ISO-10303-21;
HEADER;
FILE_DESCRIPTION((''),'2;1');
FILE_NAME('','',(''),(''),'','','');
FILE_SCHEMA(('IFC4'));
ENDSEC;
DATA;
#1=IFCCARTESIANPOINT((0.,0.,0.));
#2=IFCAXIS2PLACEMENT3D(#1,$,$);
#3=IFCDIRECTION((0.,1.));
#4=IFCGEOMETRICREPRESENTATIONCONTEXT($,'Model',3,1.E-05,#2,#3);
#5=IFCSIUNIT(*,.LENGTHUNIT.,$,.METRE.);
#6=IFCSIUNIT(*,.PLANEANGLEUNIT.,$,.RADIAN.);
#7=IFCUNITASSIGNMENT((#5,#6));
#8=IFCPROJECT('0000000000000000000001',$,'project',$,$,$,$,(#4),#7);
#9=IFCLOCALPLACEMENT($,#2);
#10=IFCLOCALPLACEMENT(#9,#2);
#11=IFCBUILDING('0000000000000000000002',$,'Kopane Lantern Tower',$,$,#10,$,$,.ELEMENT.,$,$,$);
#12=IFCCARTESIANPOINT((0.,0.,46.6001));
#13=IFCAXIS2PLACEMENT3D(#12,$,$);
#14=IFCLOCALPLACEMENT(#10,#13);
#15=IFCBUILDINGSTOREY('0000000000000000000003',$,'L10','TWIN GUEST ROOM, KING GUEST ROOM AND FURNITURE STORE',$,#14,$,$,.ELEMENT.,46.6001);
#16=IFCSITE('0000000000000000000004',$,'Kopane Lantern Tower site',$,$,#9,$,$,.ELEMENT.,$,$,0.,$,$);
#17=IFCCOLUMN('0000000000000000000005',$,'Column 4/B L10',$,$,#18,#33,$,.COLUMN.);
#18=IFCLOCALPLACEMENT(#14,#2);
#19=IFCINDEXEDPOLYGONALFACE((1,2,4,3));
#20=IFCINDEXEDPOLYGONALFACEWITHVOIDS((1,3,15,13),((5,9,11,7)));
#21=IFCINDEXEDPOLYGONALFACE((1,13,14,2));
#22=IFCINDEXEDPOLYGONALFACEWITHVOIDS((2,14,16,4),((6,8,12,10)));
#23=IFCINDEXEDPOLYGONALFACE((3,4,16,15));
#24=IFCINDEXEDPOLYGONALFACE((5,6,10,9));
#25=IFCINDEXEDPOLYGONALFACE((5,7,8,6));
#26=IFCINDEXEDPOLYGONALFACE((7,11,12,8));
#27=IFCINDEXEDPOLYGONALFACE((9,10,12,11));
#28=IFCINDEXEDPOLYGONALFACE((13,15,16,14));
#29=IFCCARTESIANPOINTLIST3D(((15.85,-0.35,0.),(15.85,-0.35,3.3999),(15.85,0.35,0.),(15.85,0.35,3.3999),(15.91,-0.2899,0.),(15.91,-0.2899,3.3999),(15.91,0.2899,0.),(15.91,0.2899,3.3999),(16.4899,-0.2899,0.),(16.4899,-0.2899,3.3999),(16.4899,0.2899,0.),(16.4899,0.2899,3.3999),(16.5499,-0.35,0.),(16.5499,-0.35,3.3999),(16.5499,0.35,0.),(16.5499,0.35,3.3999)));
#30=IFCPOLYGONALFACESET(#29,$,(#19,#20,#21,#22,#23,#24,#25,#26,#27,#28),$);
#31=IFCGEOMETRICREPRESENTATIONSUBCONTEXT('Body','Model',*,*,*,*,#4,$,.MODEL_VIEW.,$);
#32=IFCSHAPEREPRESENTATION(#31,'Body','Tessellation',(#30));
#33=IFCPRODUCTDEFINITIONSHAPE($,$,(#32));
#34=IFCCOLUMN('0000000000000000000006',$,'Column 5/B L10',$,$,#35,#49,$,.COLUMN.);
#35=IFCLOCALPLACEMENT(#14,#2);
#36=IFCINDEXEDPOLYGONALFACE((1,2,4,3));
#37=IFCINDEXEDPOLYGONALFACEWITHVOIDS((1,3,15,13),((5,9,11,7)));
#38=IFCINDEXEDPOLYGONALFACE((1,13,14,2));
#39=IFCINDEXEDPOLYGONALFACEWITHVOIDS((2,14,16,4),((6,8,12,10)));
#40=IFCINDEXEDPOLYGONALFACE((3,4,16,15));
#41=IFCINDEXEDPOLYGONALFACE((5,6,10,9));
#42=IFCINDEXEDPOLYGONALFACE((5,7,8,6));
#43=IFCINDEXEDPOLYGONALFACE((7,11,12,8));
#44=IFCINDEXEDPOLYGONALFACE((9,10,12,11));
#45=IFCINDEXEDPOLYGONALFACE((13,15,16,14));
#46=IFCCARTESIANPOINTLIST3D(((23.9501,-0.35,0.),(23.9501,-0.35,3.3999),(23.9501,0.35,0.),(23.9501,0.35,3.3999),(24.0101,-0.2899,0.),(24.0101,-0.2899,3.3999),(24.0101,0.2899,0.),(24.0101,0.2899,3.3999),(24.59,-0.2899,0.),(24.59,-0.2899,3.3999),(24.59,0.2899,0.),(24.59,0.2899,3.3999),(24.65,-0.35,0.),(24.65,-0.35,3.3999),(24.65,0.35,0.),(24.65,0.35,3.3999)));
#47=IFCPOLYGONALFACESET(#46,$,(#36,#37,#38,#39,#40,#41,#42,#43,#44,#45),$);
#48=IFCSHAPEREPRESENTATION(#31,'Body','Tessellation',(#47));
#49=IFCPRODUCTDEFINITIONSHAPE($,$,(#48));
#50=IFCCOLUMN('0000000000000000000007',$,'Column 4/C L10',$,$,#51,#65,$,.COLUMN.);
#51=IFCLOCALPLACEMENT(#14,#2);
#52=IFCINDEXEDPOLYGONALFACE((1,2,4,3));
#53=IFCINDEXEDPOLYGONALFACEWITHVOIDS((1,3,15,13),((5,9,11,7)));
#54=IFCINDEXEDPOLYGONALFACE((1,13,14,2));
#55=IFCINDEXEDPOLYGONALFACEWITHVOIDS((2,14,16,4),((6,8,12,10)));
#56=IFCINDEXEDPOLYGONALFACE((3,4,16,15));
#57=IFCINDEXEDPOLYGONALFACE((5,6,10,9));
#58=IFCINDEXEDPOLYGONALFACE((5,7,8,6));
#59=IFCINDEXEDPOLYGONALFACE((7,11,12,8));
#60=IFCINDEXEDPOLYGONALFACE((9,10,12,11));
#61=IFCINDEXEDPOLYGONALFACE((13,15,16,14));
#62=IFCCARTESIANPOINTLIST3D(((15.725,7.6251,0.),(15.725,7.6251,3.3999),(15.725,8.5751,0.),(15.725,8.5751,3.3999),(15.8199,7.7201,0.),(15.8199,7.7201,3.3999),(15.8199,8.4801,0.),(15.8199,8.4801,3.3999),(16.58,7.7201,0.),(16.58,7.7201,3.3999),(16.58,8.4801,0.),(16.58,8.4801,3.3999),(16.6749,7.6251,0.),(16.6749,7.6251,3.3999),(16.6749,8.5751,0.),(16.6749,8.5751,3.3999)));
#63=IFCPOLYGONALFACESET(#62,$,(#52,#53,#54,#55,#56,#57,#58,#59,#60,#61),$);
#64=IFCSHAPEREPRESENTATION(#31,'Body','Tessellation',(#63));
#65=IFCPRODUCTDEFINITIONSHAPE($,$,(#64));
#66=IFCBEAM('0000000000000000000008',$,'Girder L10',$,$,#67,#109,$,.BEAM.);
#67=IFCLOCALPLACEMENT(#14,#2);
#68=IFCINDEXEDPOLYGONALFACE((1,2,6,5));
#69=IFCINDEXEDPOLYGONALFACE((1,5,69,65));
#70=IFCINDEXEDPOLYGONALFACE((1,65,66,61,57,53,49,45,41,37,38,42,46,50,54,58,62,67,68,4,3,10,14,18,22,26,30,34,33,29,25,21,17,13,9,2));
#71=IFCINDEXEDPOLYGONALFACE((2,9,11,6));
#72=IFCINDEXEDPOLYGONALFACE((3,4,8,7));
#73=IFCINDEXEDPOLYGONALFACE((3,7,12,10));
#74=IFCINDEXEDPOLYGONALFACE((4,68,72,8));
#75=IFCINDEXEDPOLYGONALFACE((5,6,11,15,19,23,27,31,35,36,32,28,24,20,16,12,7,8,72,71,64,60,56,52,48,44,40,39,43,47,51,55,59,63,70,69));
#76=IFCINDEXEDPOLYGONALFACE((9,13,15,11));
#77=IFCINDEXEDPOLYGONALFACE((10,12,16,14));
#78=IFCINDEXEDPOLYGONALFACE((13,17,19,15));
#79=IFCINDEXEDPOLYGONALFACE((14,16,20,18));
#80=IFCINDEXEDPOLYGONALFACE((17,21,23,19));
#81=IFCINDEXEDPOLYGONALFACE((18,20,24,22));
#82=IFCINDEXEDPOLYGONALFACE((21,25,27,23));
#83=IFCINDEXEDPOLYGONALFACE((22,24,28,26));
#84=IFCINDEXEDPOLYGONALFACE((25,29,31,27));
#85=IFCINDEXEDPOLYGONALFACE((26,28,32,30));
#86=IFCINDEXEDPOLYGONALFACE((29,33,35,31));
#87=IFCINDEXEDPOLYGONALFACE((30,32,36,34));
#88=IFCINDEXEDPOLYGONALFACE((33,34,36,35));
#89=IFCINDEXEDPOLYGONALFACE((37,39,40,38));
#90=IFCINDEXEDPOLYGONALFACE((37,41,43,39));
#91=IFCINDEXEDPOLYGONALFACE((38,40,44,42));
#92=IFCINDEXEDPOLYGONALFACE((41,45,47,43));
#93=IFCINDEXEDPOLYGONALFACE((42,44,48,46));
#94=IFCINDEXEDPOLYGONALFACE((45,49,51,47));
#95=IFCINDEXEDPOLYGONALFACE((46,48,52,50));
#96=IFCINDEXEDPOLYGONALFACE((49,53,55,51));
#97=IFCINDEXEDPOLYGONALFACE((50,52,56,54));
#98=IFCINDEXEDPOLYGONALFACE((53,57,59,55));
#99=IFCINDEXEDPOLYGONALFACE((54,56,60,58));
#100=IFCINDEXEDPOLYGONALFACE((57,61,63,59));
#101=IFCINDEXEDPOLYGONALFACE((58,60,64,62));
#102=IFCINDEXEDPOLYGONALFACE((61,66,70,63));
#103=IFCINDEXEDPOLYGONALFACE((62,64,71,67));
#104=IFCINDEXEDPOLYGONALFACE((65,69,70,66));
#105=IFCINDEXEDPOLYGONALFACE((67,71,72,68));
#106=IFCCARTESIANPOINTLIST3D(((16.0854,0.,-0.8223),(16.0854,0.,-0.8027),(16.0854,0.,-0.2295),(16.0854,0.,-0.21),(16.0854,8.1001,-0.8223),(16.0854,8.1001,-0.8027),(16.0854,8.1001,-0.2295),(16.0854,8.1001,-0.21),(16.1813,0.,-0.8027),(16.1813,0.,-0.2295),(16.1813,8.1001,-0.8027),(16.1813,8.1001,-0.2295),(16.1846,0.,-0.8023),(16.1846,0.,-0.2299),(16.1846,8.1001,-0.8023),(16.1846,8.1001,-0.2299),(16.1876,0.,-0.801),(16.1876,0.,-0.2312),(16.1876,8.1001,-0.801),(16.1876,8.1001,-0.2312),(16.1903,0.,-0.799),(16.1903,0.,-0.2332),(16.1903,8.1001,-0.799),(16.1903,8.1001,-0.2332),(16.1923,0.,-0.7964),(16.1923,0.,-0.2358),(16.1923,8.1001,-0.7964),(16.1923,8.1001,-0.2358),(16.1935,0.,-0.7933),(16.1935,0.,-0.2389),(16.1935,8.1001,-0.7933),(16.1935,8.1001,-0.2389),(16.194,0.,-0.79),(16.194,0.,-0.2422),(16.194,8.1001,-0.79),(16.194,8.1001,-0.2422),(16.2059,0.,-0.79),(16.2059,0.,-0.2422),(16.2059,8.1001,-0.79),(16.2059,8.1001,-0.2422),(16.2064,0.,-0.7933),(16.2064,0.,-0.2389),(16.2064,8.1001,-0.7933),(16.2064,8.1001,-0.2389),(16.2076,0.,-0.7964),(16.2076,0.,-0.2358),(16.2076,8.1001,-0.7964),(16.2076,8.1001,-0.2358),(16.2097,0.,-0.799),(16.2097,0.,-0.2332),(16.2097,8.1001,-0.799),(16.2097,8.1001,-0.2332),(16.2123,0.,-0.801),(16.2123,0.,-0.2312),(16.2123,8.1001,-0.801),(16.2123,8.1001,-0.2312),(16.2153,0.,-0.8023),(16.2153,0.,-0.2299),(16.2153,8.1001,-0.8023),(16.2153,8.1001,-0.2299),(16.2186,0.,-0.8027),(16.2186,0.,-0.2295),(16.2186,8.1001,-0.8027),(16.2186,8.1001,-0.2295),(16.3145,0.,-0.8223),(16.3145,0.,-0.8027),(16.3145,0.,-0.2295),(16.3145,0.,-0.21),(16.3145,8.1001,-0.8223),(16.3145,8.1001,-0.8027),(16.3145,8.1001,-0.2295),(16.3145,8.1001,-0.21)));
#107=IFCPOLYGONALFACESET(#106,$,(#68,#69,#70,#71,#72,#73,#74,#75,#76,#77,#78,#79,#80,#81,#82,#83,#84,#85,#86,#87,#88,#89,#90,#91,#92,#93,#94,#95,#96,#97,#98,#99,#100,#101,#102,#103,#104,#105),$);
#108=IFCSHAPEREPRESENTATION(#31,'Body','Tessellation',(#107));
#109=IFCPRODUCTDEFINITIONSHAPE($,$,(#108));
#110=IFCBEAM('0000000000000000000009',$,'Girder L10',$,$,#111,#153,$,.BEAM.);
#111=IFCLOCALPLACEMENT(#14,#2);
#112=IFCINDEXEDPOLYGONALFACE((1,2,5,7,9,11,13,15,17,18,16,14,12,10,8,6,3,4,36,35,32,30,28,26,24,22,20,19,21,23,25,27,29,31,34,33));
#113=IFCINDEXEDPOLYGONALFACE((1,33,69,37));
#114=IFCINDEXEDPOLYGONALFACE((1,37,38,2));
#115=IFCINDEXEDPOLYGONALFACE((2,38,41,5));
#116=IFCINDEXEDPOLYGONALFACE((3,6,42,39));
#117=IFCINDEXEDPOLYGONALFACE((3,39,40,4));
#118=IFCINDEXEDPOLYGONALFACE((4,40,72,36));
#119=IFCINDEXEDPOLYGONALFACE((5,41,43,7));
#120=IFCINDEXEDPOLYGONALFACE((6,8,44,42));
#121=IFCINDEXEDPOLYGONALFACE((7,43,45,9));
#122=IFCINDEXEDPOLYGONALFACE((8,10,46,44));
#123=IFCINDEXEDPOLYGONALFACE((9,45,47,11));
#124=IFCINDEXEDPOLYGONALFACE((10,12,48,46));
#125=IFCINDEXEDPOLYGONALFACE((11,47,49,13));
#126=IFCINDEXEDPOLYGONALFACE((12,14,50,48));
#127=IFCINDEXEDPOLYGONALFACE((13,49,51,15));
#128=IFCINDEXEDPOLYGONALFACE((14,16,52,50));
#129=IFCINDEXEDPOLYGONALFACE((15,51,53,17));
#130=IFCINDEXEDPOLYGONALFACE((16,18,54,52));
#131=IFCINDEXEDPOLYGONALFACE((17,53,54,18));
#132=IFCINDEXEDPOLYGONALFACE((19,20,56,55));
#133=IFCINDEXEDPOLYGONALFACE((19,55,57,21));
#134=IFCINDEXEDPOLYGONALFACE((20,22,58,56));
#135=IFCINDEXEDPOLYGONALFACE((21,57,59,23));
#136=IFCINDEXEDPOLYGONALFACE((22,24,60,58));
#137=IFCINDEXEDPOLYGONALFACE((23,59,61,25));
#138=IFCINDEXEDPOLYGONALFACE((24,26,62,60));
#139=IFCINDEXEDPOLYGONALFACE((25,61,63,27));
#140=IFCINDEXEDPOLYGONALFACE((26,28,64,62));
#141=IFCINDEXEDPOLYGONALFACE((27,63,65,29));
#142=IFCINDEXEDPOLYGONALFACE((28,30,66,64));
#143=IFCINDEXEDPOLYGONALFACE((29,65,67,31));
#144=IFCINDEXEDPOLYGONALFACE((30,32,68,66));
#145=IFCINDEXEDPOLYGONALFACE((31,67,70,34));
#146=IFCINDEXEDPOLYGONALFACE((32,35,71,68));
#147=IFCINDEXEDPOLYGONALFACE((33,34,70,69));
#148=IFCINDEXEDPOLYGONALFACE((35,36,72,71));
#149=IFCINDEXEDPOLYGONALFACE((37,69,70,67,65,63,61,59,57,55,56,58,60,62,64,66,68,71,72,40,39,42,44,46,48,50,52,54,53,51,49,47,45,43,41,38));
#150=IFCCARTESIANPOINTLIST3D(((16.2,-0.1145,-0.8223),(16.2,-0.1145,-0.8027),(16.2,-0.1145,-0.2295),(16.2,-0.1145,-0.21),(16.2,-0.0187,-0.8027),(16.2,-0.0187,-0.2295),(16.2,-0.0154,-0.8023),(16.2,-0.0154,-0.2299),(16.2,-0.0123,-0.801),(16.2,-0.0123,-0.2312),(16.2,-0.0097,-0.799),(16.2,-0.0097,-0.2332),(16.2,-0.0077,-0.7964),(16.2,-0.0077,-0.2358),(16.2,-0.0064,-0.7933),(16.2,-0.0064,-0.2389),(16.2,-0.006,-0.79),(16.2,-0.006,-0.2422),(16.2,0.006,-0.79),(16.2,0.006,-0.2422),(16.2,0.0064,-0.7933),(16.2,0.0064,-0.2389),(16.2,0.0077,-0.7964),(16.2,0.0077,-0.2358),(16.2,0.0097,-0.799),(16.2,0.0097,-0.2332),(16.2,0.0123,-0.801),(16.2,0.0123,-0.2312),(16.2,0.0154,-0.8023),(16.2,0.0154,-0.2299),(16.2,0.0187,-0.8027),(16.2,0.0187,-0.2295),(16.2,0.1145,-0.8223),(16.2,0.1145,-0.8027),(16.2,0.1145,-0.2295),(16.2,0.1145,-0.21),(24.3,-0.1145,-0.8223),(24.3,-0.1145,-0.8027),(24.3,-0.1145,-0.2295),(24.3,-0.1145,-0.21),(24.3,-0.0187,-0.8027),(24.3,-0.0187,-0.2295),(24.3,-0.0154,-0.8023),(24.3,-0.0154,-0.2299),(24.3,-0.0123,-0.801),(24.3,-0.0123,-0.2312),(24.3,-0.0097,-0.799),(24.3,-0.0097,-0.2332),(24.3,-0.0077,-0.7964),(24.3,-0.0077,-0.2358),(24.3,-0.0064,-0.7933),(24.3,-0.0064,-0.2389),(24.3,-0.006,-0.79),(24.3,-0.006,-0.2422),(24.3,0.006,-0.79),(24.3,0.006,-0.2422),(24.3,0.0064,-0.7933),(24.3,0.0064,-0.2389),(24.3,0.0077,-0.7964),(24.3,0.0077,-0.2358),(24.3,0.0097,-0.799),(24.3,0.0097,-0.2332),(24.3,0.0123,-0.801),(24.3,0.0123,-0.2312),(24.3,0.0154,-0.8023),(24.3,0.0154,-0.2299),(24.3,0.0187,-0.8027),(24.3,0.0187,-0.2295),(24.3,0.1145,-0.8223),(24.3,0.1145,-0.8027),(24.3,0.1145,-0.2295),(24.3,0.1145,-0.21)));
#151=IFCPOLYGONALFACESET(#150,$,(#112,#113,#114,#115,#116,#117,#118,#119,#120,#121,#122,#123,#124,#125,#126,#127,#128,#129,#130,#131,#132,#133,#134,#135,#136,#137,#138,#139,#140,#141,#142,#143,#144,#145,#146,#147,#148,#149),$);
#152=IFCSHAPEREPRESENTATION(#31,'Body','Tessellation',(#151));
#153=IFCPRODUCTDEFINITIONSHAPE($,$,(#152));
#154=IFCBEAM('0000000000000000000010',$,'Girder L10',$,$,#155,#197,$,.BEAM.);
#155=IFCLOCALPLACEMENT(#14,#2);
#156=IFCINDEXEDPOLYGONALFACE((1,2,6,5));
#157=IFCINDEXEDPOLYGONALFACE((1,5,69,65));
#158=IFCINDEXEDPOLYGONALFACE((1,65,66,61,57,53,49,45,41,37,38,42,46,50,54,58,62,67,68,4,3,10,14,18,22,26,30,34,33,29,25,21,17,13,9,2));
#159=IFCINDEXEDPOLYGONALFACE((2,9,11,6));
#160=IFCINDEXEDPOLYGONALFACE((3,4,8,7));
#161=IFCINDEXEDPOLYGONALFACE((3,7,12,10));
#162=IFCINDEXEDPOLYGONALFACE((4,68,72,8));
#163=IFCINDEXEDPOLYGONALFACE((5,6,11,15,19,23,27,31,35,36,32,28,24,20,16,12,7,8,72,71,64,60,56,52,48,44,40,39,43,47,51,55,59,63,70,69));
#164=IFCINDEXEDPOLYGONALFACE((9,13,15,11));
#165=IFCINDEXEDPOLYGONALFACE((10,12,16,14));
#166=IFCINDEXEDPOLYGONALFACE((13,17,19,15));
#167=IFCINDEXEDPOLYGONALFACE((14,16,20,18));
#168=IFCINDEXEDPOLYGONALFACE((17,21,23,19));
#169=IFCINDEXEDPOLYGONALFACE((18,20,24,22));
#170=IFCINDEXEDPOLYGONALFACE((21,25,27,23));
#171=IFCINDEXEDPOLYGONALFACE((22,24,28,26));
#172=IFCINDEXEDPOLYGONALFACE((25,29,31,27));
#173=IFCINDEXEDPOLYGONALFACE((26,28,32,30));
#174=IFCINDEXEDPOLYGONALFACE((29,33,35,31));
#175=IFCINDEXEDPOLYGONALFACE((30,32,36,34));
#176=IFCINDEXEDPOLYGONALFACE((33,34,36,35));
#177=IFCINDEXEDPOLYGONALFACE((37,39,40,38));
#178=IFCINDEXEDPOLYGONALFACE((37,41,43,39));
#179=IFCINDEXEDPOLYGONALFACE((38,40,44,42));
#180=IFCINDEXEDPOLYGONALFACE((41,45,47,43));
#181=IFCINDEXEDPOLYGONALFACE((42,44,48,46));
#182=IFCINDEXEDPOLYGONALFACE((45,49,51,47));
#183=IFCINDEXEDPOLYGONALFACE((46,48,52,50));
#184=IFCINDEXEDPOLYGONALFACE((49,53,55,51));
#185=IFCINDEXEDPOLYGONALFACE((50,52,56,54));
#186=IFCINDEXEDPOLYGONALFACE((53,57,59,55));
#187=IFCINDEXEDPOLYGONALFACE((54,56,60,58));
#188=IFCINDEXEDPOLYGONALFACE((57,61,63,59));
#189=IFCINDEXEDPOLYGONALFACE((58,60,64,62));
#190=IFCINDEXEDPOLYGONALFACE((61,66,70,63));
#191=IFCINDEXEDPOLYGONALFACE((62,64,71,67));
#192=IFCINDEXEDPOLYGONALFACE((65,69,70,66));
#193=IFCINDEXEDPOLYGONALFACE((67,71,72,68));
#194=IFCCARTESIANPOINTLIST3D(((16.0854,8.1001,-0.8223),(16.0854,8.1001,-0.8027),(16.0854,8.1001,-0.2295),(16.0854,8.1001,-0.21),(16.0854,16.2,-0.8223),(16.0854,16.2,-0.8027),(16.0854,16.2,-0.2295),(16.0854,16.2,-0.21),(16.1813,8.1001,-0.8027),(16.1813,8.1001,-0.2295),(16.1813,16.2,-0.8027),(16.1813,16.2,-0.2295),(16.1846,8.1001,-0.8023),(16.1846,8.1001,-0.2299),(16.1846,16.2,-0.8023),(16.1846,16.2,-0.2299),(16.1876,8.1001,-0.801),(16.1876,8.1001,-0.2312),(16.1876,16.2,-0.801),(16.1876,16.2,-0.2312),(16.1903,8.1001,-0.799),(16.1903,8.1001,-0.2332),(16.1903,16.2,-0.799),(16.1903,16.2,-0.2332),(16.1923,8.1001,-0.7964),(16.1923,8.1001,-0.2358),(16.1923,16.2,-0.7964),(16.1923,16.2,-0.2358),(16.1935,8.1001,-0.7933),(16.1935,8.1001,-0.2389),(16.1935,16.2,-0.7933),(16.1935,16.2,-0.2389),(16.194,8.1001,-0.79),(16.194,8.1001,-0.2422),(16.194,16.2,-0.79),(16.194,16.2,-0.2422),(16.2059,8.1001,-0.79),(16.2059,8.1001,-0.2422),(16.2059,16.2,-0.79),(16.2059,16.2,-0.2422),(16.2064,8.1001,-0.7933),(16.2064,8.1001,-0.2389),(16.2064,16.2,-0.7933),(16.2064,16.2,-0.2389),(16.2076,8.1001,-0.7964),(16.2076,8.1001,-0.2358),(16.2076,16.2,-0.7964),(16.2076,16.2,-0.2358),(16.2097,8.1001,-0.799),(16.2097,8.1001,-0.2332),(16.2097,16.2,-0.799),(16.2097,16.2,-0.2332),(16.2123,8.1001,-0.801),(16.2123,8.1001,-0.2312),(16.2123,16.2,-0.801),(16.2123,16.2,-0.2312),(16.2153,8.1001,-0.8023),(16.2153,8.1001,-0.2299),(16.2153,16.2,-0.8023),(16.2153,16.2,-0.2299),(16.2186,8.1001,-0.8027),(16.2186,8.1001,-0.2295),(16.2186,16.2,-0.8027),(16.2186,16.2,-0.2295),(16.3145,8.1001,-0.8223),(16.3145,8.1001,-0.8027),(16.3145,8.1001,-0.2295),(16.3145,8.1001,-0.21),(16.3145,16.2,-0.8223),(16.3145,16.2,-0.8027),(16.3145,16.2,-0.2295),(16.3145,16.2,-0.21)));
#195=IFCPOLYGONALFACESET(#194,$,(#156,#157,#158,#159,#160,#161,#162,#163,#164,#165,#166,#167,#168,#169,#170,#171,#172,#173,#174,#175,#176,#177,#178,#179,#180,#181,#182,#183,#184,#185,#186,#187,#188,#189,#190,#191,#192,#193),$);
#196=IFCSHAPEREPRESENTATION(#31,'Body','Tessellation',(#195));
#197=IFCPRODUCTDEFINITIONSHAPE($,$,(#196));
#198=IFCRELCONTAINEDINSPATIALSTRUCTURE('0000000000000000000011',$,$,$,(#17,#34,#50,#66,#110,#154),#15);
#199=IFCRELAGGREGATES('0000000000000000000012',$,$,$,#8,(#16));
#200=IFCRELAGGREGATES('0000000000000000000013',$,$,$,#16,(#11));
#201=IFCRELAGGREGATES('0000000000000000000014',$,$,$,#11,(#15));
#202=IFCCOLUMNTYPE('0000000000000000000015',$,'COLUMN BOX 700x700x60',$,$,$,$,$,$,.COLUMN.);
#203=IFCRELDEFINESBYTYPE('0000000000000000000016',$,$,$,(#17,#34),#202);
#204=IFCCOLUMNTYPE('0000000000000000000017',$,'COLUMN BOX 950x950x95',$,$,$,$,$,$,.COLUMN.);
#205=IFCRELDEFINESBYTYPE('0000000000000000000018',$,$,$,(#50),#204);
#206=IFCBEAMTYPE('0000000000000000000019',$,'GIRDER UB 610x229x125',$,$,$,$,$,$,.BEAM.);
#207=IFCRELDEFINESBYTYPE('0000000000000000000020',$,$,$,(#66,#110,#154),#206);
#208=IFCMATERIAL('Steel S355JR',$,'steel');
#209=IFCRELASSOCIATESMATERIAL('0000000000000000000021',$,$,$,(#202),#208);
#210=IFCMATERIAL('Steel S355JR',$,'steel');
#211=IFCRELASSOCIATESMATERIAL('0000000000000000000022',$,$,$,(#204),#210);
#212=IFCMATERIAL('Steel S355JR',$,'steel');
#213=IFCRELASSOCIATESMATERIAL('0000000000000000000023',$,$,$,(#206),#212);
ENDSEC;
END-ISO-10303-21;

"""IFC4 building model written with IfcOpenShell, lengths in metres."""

from ifc_helpers import new_model, si_unit, direction, frame, origin, origin_2d, place, context, subcontext, project, spatial, hollow_rectangle, i_section, extrude, material, material_profile, profile_set, type_object, element, save


model = new_model("IFC4")

# Units and contexts
model_context = context("Model", 3, precision=1e-05, world=origin(), true_north=direction((0.0, 1.0)))
body_context = subcontext(model_context, "Body", "Model", "MODEL_VIEW")
ifc_project = project(units=[si_unit("LENGTHUNIT", "METRE"), si_unit("PLANEANGLEUNIT", "RADIAN")], contexts=[model_context])

# Site, building, storey
site_placement = place(None, origin())
site = spatial("IfcSite", under=ifc_project, at=site_placement, Name="Kopane Lantern Tower site", CompositionType="ELEMENT", RefElevation=0.0)
building_placement = place(site_placement, origin())
building = spatial("IfcBuilding", under=site, at=building_placement, Name="Kopane Lantern Tower", CompositionType="ELEMENT")
storey_placement = place(building_placement, frame((0.0, 0.0, 46.6001)))
storey = spatial("IfcBuildingStorey", under=building, at=storey_placement, Name="L10", Description="TWIN GUEST ROOM, KING GUEST ROOM AND FURNITURE STORE", CompositionType="ELEMENT", Elevation=46.6001)

# Columns
ifc_material_1 = material(Name="Steel S355JR", Category="steel")
ifc_material_profile_1 = material_profile(ifc_material_1, hollow_rectangle(XDim=0.7, YDim=0.7, WallThickness=0.0601, at=origin_2d()), Name="BOX 700x700x60")
ifc_profile_set_1 = profile_set([ifc_material_profile_1], Name="Steel S355JR")
column_type_1 = type_object("IfcColumnType", Name="COLUMN BOX 700x700x60", PredefinedType="COLUMN", material=ifc_profile_set_1)
for number, where, z_axis, x_axis, name in (
    (1, (16.2, 0.0, 0.0), (0.0, 0.0, 1.0), (1.0, 0.0, 0.0), "Column 4/B L10"),
    (2, (24.3, 0.0, 0.0), (0.0, 0.0, 1.0), (1.0, 0.0, 0.0), "Column 5/B L10"),
):
    element("IfcColumn", number, at=place(storey_placement, frame(where, z_axis=z_axis, x_axis=x_axis)), inside=storey, type_object=column_type_1, Name=name, PredefinedType="COLUMN", context=body_context, shape_type="SweptSolid", body=[
        extrude(hollow_rectangle(XDim=0.7, YDim=0.7, WallThickness=0.0601, at=origin_2d()), origin(), (0.0, 0.0, 1.0), 3.3999),
    ])
ifc_material_2 = material(Name="Steel S355JR", Category="steel")
ifc_material_profile_2 = material_profile(ifc_material_2, hollow_rectangle(XDim=0.95, YDim=0.95, WallThickness=0.095, at=origin_2d()), Name="BOX 950x950x95")
ifc_profile_set_2 = profile_set([ifc_material_profile_2], Name="Steel S355JR")
column_type_2 = type_object("IfcColumnType", Name="COLUMN BOX 950x950x95", PredefinedType="COLUMN", material=ifc_profile_set_2)
column_placement = place(storey_placement, frame((16.2, 8.1001, 0.0), z_axis=(0.0, 0.0, 1.0), x_axis=(1.0, 0.0, 0.0)))
element("IfcColumn", 3, at=column_placement, inside=storey, type_object=column_type_2, Name="Column 4/C L10", PredefinedType="COLUMN", context=body_context, shape_type="SweptSolid", body=[
    extrude(hollow_rectangle(XDim=0.95, YDim=0.95, WallThickness=0.095, at=origin_2d()), origin(), (0.0, 0.0, 1.0), 3.3999),
])

# Beams
ifc_material_3 = material(Name="Steel S355JR", Category="steel")
ifc_material_profile_3 = material_profile(ifc_material_3, i_section(OverallWidth=0.229, OverallDepth=0.6123, WebThickness=0.012, FlangeThickness=0.0195, FilletRadius=0.0127, at=origin_2d()), Name="UB 610x229x125")
ifc_profile_set_3 = profile_set([ifc_material_profile_3], Name="Steel S355JR")
beam_type = type_object("IfcBeamType", Name="GIRDER UB 610x229x125", PredefinedType="BEAM", material=ifc_profile_set_3)
for number, where, z_axis, x_axis, name in (
    (4, (16.2, 0.0, -0.5161), (0.0, 1.0, 0.0), (-1.0, 0.0, 0.0), "Girder L10"),
    (5, (16.2, 0.0, -0.5161), (1.0, 0.0, 0.0), (0.0, 1.0, 0.0), "Girder L10"),
):
    element("IfcBeam", number, at=place(storey_placement, frame(where, z_axis=z_axis, x_axis=x_axis)), inside=storey, type_object=beam_type, Name=name, PredefinedType="BEAM", context=body_context, shape_type="SweptSolid", body=[
        extrude(i_section(OverallWidth=0.229, OverallDepth=0.6123, WebThickness=0.012, FlangeThickness=0.0195, FilletRadius=0.0127, at=origin_2d()), origin(), (0.0, 0.0, 1.0), 8.1001),
    ])
beam_1_placement = place(storey_placement, frame((16.2, 8.1001, -0.5161), z_axis=(0.0, 1.0, 0.0), x_axis=(-1.0, 0.0, 0.0)))
element("IfcBeam", 6, at=beam_1_placement, inside=storey, type_object=beam_type, Name="Girder L10", PredefinedType="BEAM", context=body_context, shape_type="SweptSolid", body=[
    extrude(i_section(OverallWidth=0.229, OverallDepth=0.6123, WebThickness=0.012, FlangeThickness=0.0195, FilletRadius=0.0127, at=origin_2d()), origin(), (0.0, 0.0, 1.0), 8.0999),
])

save(model, "model.ifc")
